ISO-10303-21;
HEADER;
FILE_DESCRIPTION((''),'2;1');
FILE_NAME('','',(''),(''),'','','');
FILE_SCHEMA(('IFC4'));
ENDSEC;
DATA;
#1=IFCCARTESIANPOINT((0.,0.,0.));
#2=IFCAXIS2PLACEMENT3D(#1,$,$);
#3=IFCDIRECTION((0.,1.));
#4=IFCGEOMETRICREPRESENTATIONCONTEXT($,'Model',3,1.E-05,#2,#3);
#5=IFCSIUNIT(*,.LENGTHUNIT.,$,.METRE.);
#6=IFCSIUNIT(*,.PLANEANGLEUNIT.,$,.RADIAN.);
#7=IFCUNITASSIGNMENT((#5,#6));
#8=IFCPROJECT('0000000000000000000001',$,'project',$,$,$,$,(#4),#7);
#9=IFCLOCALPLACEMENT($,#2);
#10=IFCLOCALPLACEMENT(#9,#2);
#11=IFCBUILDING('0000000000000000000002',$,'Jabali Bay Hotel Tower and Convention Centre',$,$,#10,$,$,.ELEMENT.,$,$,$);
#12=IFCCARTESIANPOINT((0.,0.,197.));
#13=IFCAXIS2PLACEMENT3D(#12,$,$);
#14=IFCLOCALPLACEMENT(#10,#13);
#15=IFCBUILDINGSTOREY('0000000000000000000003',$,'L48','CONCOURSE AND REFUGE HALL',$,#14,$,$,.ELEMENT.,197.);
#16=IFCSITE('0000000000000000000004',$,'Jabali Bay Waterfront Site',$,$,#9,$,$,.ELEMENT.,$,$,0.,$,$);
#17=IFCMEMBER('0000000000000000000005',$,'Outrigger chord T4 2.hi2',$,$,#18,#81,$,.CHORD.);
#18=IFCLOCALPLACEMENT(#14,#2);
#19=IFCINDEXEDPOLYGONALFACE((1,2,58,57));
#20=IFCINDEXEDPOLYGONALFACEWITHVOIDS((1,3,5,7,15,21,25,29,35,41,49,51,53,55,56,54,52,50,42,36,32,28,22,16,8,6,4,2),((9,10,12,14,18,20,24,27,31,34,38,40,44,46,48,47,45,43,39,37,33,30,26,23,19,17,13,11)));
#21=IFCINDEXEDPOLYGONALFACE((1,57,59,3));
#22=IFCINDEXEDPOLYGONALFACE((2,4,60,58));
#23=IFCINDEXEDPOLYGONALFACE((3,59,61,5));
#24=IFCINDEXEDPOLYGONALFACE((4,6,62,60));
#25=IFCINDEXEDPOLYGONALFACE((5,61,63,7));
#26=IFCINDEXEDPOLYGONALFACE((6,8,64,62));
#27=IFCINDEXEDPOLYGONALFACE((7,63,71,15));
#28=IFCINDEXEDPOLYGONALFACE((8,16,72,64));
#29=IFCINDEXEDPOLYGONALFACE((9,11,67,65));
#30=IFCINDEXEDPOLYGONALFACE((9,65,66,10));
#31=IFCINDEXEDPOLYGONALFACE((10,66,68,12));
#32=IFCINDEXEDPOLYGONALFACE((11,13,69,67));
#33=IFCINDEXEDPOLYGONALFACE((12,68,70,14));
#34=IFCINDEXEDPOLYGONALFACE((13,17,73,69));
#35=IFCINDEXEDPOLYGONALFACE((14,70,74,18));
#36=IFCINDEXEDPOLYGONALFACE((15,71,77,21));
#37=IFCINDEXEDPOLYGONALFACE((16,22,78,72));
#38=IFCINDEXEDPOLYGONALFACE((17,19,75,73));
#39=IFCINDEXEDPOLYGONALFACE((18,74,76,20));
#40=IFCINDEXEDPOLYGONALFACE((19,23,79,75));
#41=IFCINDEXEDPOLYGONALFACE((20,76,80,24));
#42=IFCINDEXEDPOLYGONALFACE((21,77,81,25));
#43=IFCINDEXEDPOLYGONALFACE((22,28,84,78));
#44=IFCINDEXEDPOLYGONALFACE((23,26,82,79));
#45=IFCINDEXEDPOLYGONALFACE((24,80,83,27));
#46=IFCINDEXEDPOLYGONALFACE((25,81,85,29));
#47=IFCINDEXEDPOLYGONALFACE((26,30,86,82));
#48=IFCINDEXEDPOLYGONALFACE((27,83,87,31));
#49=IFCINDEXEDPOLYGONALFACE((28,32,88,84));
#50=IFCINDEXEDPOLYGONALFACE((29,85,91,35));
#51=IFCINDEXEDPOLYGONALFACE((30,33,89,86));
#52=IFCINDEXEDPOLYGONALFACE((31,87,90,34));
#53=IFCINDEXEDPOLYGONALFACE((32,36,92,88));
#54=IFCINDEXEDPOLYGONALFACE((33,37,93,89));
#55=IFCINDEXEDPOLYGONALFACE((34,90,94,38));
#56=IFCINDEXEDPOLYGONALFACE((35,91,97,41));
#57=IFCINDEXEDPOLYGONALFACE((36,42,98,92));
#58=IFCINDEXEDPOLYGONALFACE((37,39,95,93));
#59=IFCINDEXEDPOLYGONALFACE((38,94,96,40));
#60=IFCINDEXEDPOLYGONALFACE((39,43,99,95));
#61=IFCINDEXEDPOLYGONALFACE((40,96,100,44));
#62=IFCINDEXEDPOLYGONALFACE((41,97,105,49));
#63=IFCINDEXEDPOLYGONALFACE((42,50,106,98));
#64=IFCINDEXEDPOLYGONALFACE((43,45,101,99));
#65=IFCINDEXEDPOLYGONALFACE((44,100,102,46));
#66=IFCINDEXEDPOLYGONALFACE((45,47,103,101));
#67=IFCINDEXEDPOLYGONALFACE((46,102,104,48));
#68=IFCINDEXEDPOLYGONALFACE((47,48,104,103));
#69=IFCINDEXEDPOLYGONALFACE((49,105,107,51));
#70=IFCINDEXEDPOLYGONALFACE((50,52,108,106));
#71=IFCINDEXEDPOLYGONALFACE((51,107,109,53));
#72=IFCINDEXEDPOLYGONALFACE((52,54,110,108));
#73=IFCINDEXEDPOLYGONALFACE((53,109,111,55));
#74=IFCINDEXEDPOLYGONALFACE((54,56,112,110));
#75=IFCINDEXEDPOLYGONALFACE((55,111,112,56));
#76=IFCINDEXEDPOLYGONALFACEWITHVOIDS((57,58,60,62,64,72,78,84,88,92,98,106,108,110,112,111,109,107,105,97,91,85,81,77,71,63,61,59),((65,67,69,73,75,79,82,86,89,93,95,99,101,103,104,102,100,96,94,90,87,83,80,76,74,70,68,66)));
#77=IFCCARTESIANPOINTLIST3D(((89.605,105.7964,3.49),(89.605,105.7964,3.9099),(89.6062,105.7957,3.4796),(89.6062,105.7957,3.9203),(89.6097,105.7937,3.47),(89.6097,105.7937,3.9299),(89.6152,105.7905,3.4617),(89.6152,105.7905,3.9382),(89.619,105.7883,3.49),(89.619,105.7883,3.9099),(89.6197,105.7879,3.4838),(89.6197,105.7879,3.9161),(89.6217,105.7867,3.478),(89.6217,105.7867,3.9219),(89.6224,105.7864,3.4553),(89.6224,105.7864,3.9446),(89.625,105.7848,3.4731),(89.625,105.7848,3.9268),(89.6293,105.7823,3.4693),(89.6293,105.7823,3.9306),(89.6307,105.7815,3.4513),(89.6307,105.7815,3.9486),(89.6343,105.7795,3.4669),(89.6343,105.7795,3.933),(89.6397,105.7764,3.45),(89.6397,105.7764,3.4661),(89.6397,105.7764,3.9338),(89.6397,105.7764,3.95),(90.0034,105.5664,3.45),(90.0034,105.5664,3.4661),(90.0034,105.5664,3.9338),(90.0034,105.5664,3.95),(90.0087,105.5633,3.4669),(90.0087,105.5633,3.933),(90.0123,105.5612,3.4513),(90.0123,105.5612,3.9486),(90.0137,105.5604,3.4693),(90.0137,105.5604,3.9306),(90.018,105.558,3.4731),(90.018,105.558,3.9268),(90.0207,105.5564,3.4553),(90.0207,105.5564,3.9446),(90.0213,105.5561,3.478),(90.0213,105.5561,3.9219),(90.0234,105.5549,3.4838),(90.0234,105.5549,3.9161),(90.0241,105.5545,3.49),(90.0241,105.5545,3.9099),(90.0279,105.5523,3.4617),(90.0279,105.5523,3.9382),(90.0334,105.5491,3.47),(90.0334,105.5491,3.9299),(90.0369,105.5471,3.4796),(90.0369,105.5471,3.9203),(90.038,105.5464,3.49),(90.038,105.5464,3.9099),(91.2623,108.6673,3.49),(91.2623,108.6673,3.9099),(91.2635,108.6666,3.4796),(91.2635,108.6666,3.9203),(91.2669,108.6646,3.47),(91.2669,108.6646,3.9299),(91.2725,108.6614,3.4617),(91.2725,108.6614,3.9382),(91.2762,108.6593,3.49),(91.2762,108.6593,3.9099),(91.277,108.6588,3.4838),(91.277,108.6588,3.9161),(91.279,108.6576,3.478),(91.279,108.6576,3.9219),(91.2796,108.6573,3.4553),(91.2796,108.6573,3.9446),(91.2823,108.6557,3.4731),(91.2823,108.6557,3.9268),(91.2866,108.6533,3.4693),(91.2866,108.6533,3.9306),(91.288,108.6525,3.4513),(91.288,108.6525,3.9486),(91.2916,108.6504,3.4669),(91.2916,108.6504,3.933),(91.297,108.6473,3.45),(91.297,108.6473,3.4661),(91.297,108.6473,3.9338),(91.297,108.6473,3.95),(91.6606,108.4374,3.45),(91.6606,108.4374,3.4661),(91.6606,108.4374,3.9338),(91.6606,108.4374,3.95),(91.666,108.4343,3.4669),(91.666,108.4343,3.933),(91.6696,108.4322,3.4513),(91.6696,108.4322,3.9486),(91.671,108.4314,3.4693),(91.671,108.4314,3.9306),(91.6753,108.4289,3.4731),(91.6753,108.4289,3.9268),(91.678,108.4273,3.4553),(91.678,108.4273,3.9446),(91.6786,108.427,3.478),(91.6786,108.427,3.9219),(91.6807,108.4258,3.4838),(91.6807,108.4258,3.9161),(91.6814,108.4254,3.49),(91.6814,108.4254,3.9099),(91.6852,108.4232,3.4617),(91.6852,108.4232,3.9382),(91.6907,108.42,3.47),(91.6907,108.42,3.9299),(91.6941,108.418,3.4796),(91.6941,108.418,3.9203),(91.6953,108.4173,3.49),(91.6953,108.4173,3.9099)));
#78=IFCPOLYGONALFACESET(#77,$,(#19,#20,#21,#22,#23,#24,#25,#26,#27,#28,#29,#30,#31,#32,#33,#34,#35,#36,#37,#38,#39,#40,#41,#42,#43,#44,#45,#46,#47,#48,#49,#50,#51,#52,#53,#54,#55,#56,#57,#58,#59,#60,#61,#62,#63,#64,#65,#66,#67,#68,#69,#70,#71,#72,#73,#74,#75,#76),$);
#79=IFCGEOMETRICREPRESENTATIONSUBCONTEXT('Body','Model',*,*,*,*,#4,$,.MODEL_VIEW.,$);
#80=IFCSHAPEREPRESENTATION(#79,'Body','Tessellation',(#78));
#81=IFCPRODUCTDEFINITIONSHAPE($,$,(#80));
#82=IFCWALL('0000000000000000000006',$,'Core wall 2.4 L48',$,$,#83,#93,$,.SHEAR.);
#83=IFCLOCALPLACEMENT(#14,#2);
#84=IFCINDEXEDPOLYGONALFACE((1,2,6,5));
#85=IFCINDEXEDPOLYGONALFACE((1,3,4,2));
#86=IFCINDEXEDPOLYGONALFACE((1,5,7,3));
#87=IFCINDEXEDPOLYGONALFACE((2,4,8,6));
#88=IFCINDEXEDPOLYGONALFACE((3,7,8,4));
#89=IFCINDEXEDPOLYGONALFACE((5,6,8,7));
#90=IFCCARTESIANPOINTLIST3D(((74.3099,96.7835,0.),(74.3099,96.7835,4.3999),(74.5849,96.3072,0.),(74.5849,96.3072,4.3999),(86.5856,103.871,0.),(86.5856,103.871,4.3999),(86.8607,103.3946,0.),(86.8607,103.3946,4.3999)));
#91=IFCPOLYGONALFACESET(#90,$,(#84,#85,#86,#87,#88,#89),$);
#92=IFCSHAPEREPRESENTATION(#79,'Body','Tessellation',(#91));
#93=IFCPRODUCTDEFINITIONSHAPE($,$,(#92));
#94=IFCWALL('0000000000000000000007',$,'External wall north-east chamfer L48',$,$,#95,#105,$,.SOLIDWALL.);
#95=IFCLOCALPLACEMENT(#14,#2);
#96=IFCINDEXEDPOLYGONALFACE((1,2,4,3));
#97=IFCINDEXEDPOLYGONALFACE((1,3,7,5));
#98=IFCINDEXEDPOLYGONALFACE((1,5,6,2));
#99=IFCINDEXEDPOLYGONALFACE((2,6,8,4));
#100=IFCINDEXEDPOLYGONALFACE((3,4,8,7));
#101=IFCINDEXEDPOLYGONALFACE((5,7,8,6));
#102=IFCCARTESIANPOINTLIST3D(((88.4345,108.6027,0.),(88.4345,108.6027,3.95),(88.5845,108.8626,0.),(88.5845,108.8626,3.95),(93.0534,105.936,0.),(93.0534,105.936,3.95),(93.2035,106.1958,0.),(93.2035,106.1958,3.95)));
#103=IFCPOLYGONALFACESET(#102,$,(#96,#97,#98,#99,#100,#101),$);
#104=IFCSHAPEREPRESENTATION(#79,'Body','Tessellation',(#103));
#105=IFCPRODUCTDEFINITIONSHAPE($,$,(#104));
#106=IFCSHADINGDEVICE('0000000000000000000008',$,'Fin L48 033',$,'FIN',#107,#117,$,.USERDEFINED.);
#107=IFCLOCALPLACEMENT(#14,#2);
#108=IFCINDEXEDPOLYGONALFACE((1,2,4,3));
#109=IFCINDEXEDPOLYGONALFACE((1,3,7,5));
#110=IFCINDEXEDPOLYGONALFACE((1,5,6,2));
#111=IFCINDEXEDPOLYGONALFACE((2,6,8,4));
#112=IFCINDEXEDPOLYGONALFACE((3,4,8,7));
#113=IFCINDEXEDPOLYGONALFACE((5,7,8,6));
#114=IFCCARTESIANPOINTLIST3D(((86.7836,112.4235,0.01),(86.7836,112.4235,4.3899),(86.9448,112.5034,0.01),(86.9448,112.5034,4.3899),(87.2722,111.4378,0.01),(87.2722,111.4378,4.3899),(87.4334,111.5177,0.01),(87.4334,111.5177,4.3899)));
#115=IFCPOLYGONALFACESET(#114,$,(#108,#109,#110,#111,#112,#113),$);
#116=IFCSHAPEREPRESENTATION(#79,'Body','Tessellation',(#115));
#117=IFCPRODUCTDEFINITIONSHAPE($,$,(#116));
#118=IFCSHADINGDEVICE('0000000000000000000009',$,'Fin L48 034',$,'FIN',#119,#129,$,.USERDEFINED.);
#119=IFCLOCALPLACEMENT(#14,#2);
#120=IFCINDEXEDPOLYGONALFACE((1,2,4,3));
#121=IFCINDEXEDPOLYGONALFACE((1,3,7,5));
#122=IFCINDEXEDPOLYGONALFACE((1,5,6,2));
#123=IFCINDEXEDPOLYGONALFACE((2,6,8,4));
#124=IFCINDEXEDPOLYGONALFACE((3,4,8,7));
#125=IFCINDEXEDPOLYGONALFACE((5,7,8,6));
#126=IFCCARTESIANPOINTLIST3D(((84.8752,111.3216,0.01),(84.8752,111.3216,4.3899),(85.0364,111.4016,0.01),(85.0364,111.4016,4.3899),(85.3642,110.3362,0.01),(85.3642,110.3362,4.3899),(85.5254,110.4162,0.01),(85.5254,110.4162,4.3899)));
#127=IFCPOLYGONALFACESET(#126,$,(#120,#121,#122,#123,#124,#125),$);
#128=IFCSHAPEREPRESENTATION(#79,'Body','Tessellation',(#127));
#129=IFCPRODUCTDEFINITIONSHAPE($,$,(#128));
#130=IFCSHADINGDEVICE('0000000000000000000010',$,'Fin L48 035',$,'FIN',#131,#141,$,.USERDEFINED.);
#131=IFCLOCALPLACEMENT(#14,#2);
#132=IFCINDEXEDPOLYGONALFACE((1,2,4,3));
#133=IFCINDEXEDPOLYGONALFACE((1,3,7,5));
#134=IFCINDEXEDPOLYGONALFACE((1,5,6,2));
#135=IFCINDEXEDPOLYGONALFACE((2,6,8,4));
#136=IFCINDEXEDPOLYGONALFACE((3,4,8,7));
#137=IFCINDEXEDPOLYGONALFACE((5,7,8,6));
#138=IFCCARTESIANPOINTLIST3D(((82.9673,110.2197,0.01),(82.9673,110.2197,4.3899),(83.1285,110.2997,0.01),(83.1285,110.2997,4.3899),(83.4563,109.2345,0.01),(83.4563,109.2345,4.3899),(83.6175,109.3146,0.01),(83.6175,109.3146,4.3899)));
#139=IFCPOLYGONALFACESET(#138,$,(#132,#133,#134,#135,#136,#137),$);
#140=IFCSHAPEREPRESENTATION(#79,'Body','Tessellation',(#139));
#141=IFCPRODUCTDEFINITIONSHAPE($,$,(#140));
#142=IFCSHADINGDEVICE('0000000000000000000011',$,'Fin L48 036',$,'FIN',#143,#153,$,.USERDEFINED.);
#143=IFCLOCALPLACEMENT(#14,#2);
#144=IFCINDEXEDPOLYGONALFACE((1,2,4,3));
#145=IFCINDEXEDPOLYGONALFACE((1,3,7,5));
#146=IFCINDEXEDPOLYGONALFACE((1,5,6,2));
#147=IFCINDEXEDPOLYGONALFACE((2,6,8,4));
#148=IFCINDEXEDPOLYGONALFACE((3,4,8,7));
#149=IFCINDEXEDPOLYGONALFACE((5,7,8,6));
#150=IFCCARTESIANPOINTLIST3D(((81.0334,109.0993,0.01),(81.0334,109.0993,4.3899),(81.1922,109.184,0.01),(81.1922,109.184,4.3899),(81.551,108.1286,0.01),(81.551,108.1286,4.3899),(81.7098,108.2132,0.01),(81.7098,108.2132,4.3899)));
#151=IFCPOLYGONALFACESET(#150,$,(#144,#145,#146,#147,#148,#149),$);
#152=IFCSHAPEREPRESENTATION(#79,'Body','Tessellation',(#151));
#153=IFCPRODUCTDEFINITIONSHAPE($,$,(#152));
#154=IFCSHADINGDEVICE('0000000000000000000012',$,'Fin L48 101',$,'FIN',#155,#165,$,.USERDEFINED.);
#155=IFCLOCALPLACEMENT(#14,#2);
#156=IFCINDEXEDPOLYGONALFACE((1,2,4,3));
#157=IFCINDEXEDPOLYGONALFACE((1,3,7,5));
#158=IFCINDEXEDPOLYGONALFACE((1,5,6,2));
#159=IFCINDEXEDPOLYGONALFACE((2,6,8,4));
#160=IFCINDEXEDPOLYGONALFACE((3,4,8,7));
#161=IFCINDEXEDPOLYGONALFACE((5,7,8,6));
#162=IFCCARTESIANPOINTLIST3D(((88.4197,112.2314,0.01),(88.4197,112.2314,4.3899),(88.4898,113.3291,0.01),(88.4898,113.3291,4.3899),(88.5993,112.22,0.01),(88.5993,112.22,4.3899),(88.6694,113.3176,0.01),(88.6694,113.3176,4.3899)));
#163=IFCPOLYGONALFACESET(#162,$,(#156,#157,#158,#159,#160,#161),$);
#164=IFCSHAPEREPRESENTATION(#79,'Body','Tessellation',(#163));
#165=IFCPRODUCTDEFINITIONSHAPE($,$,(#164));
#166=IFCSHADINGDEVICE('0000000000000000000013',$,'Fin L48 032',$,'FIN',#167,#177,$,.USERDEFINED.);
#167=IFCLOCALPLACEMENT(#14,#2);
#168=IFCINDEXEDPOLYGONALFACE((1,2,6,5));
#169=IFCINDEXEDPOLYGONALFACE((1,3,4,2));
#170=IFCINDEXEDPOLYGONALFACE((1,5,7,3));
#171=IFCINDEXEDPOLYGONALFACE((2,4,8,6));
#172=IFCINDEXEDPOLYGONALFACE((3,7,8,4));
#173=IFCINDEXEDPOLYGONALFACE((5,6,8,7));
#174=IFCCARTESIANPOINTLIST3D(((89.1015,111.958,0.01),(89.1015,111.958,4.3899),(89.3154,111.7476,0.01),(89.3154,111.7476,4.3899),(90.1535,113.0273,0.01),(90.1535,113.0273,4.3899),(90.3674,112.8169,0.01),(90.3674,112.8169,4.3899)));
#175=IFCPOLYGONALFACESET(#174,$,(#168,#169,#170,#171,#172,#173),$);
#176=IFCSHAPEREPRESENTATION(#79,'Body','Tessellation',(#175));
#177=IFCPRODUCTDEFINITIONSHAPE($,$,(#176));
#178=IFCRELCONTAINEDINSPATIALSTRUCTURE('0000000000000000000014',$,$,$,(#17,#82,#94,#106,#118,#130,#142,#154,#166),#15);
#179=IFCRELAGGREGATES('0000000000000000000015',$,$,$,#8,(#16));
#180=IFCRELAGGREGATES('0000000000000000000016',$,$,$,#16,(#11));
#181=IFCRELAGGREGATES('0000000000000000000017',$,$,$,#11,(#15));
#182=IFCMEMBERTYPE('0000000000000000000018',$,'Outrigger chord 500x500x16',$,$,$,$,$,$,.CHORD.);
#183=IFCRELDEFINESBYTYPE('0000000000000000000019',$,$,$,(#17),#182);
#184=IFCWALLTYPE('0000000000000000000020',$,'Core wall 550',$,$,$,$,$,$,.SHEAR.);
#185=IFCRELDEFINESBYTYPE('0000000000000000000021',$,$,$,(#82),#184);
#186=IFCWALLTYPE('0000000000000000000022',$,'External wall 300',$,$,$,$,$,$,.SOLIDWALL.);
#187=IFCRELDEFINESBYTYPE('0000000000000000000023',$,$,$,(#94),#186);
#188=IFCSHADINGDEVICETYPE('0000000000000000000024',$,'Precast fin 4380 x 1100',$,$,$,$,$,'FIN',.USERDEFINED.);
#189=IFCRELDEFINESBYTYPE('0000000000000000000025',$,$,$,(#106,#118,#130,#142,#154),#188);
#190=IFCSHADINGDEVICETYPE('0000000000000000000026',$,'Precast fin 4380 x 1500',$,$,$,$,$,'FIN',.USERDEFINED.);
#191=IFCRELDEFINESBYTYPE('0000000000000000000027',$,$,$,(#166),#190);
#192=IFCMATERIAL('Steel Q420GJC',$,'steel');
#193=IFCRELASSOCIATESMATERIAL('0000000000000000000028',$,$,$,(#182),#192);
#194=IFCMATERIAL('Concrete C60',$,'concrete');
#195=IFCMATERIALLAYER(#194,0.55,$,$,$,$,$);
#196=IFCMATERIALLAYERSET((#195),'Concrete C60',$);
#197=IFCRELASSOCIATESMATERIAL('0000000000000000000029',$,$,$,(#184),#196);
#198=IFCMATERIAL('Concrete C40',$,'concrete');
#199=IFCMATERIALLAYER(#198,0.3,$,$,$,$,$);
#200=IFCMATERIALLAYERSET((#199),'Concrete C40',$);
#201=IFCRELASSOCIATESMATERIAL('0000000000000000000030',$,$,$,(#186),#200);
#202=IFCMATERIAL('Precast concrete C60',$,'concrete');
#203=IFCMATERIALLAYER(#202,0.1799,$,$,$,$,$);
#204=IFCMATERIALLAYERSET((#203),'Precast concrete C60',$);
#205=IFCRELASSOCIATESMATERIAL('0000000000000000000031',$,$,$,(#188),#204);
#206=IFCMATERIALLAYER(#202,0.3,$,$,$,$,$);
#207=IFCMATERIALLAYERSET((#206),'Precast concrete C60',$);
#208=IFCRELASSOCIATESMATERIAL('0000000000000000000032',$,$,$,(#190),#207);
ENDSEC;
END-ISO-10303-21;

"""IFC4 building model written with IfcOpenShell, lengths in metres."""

from ifc_helpers import new_model, si_unit, direction, frame, frame_2d, origin, origin_2d, place, context, subcontext, project, spatial, rectangle, hollow_rectangle, extrude, material, layer, layer_set, material_profile, profile_set, type_object, element, save


model = new_model("IFC4")

# Units and contexts
model_context = context("Model", 3, precision=1e-05, world=origin(), true_north=direction((0.0, 1.0)))
body_context = subcontext(model_context, "Body", "Model", "MODEL_VIEW")
ifc_project = project(units=[si_unit("LENGTHUNIT", "METRE"), si_unit("PLANEANGLEUNIT", "RADIAN")], contexts=[model_context])

# Site, building, storey
site_placement = place(None, origin())
site = spatial("IfcSite", under=ifc_project, at=site_placement, Name="Jabali Bay Waterfront Site", CompositionType="ELEMENT", RefElevation=0.0)
building_placement = place(site_placement, origin())
building = spatial("IfcBuilding", under=site, at=building_placement, Name="Jabali Bay Hotel Tower and Convention Centre", CompositionType="ELEMENT")
storey_placement = place(building_placement, frame((0.0, 0.0, 197.0)))
storey = spatial("IfcBuildingStorey", under=building, at=storey_placement, Name="L48", Description="CONCOURSE AND REFUGE HALL", CompositionType="ELEMENT", Elevation=197.0)

# Shared definitions
ifc_material_1 = material(Name="Concrete C60", Category="concrete")

# Member
ifc_material_2 = material(Name="Steel Q420GJC", Category="steel")
ifc_material_profile_1 = material_profile(ifc_material_2, hollow_rectangle(XDim=0.5, YDim=0.5, WallThickness=0.0161, InnerFilletRadius=0.0239, OuterFilletRadius=0.04, at=origin_2d()), Name="Outrigger chord 500x500x16")
ifc_profile_set_1 = profile_set([ifc_material_profile_1], Name="Steel Q420GJC")
member_type_1 = type_object("IfcMemberType", Name="Outrigger chord 500x500x16", PredefinedType="CHORD", material=ifc_profile_set_1)
member_1_placement = place(storey_placement, frame((89.8215, 105.6714, 3.7), z_axis=(0.499941, 0.866059, 0.0), x_axis=(-0.866059, 0.499941, 0.0)))
element("IfcMember", 1, at=member_1_placement, inside=storey, type_object=member_type_1, Name="Outrigger chord T4 2.hi2", PredefinedType="CHORD", context=body_context, shape_type="SweptSolid", body=[
    extrude(hollow_rectangle(XDim=0.5, YDim=0.5, WallThickness=0.0161, InnerFilletRadius=0.0239, OuterFilletRadius=0.04, at=origin_2d()), origin(), (0.0, 0.0, 1.0), 3.3149),
])

# Walls
ifc_layer_1 = layer(ifc_material_1, 0.55)
ifc_layer_set_1 = layer_set([ifc_layer_1], Name="Concrete C60")
wall_type_1 = type_object("IfcWallType", Name="Core wall 550", PredefinedType="SHEAR", material=ifc_layer_set_1)
wall_1_placement = place(storey_placement, frame((86.7231, 103.6328, 0.0), z_axis=(0.0, 0.0, 1.0), x_axis=(-0.866024, -0.500003, 0.0)))
element("IfcWall", 2, at=wall_1_placement, inside=storey, type_object=wall_type_1, Name="Core wall 2.4 L48", PredefinedType="SHEAR", context=body_context, shape_type="SweptSolid", body=[
    extrude(rectangle(XDim=14.1748, YDim=0.55, at=frame_2d((7.0874, 0.0))), origin(), (0.0, 0.0, 1.0), 4.3999),
])
ifc_material_3 = material(Name="Concrete C40", Category="concrete")
ifc_layer_2 = layer(ifc_material_3, 0.3)
ifc_layer_set_2 = layer_set([ifc_layer_2], Name="Concrete C40")
wall_type_2 = type_object("IfcWallType", Name="External wall 300", PredefinedType="SOLIDWALL", material=ifc_layer_set_2)
wall_2_placement = place(storey_placement, frame((88.5095, 108.7327, 0.0), z_axis=(0.0, 0.0, 1.0), x_axis=(0.866023, -0.500004, 0.0)))
element("IfcWall", 3, at=wall_2_placement, inside=storey, type_object=wall_type_2, Name="External wall north-east chamfer L48", PredefinedType="SOLIDWALL", context=body_context, shape_type="SweptSolid", body=[
    extrude(rectangle(XDim=5.3335, YDim=0.3, at=frame_2d((2.6667, 0.0))), origin(), (0.0, 0.0, 1.0), 3.95),
])

# Shading devices
ifc_material_4 = material(Name="Precast concrete C60", Category="concrete")
ifc_layer_3 = layer(ifc_material_4, 0.1799)
ifc_layer_set_3 = layer_set([ifc_layer_3], Name="Precast concrete C60")
shading_device_type_1 = type_object("IfcShadingDeviceType", Name="Precast fin 4380 x 1100", ElementType="FIN", PredefinedType="USERDEFINED", material=ifc_layer_set_3)
for number, where, z_axis, x_axis, name in (
    (4, (87.3528, 111.4778, 0.01), (0.0, 0.0, 1.0), (-0.444104, 0.895975, 0.0), "Fin L48 033"),
    (5, (85.4448, 110.3762, 0.01), (0.0, 0.0, 1.0), (-0.444548, 0.895755, 0.0), "Fin L48 034"),
):
    element("IfcShadingDevice", number, at=place(storey_placement, frame(where, z_axis=z_axis, x_axis=x_axis)), inside=storey, type_object=shading_device_type_1, Name=name, ObjectType="FIN", PredefinedType="USERDEFINED", context=body_context, shape_type="SweptSolid", body=[
        extrude(rectangle(XDim=1.1001, YDim=0.1799, at=frame_2d((0.55, 0.0))), origin(), (0.0, 0.0, 1.0), 4.3799),
    ])
shading_device_1_placement = place(storey_placement, frame((83.5369, 109.2747, 0.01), z_axis=(0.0, 0.0, 1.0), x_axis=(-0.444637, 0.895711, 0.0)))
element("IfcShadingDevice", 6, at=shading_device_1_placement, inside=storey, type_object=shading_device_type_1, Name="Fin L48 035", ObjectType="FIN", PredefinedType="USERDEFINED", context=body_context, shape_type="SweptSolid", body=[
    extrude(rectangle(XDim=1.0999, YDim=0.1799, at=frame_2d((0.5498, 0.0))), origin(), (0.0, 0.0, 1.0), 4.3799),
])
shading_device_2_placement = place(storey_placement, frame((81.6304, 108.1709, 0.01), z_axis=(0.0, 0.0, 1.0), x_axis=(-0.470496, 0.882402, 0.0)))
element("IfcShadingDevice", 7, at=shading_device_2_placement, inside=storey, type_object=shading_device_type_1, Name="Fin L48 036", ObjectType="FIN", PredefinedType="USERDEFINED", context=body_context, shape_type="SweptSolid", body=[
    extrude(rectangle(XDim=1.1001, YDim=0.1799, at=frame_2d((0.55, 0.0))), origin(), (0.0, 0.0, 1.0), 4.3799),
])
shading_device_3_placement = place(storey_placement, frame((88.5095, 112.2258, 0.01), z_axis=(0.0, 0.0, 1.0), x_axis=(0.063705, 0.997969, 0.0)))
element("IfcShadingDevice", 8, at=shading_device_3_placement, inside=storey, type_object=shading_device_type_1, Name="Fin L48 101", ObjectType="FIN", PredefinedType="USERDEFINED", context=body_context, shape_type="SweptSolid", body=[
    extrude(rectangle(XDim=1.0999, YDim=0.1799, at=frame_2d((0.5498, 0.0))), origin(), (0.0, 0.0, 1.0), 4.3799),
])
ifc_layer_4 = layer(ifc_material_4, 0.3)
ifc_layer_set_4 = layer_set([ifc_layer_4], Name="Precast concrete C60")
shading_device_type_2 = type_object("IfcShadingDeviceType", Name="Precast fin 4380 x 1500", ElementType="FIN", PredefinedType="USERDEFINED", material=ifc_layer_set_4)
shading_device_4_placement = place(storey_placement, frame((89.2085, 111.8528, 0.01), z_axis=(0.0, 0.0, 1.0), x_axis=(0.701305, 0.712861, 0.0)))
element("IfcShadingDevice", 9, at=shading_device_4_placement, inside=storey, type_object=shading_device_type_2, Name="Fin L48 032", ObjectType="FIN", PredefinedType="USERDEFINED", context=body_context, shape_type="SweptSolid", body=[
    extrude(rectangle(XDim=1.5, YDim=0.3, at=frame_2d((0.75, 0.0))), origin(), (0.0, 0.0, 1.0), 4.3799),
])

save(model, "model.ifc")
